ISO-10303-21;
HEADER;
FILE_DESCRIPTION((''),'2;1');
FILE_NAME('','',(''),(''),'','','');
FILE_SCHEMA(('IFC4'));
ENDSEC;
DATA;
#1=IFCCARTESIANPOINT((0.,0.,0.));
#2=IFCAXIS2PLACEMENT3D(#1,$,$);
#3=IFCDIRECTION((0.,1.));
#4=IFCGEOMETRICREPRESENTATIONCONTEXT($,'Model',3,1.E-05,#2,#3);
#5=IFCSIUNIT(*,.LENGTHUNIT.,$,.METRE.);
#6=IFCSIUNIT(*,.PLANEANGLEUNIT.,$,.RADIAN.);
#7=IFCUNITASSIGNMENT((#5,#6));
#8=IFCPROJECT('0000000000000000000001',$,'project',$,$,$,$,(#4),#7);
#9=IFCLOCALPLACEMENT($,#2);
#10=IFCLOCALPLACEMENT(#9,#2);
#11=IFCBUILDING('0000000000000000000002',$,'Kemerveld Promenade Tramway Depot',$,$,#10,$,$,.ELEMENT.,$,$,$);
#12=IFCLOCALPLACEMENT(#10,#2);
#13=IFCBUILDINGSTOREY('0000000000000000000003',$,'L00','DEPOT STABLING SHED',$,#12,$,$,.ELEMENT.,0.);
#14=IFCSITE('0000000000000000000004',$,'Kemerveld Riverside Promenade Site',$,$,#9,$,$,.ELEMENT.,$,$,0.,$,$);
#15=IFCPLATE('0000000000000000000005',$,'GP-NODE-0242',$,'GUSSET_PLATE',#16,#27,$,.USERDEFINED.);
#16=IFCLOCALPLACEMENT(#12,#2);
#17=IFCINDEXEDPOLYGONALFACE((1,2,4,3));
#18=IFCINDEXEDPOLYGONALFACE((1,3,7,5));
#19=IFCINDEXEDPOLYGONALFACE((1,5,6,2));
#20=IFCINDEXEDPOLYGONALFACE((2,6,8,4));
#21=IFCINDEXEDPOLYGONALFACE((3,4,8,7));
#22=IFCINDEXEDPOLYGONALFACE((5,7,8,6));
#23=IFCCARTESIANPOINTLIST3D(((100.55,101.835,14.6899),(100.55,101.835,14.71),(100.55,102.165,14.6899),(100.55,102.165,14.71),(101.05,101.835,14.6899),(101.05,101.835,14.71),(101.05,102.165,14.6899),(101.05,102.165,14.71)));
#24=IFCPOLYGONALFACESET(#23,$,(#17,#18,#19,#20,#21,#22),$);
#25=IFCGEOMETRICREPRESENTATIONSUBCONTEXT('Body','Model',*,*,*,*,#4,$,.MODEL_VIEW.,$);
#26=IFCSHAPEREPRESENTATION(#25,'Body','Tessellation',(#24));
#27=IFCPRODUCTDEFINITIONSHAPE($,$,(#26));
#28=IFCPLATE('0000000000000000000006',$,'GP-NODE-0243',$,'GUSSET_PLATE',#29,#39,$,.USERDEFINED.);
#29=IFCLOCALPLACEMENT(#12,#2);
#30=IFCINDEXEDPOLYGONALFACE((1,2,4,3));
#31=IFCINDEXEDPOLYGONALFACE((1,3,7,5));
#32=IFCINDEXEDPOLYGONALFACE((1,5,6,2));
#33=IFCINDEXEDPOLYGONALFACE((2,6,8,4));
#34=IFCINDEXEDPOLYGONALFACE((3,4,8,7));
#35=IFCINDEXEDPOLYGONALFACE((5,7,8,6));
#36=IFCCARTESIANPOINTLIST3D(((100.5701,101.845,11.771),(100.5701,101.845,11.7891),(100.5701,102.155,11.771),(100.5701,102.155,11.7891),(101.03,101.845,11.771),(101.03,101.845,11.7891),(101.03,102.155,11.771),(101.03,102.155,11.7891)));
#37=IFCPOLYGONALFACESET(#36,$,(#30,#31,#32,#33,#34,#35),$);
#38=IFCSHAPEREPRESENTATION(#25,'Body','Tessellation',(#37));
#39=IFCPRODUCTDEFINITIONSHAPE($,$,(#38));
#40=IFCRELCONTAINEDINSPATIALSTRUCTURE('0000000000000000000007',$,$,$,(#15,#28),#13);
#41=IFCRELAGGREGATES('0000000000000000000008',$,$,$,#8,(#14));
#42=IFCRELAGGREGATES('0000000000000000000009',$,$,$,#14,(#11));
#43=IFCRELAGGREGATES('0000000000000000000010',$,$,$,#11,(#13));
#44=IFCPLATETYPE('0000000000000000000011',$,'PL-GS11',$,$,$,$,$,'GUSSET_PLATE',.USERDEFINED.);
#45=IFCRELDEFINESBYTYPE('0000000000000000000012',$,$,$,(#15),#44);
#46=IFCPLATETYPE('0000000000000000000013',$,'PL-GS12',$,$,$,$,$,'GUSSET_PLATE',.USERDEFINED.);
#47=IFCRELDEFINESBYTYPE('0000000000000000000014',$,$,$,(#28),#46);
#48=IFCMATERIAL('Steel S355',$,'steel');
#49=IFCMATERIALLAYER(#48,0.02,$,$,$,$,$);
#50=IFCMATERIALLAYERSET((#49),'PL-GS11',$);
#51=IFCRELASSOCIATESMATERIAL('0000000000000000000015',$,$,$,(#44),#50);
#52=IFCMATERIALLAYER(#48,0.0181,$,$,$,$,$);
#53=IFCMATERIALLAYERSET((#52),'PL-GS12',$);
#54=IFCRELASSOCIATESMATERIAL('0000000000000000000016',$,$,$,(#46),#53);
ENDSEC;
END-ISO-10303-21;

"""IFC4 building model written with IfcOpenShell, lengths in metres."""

from ifc_helpers import new_model, si_unit, direction, frame, origin, origin_2d, place, context, subcontext, project, spatial, rectangle, extrude, material, layer, layer_set, type_object, element, save


model = new_model("IFC4")

# Units and contexts
model_context = context("Model", 3, precision=1e-05, world=origin(), true_north=direction((0.0, 1.0)))
body_context = subcontext(model_context, "Body", "Model", "MODEL_VIEW")
ifc_project = project(units=[si_unit("LENGTHUNIT", "METRE"), si_unit("PLANEANGLEUNIT", "RADIAN")], contexts=[model_context])

# Site, building, storey
site_placement = place(None, origin())
site = spatial("IfcSite", under=ifc_project, at=site_placement, Name="Kemerveld Riverside Promenade Site", CompositionType="ELEMENT", RefElevation=0.0)
building_placement = place(site_placement, origin())
building = spatial("IfcBuilding", under=site, at=building_placement, Name="Kemerveld Promenade Tramway Depot", CompositionType="ELEMENT")
storey_placement = place(building_placement, origin())
storey = spatial("IfcBuildingStorey", under=building, at=storey_placement, Name="L00", Description="DEPOT STABLING SHED", CompositionType="ELEMENT", Elevation=0.0)

# Shared definitions
ifc_material_1 = material(Name="Steel S355", Category="steel")

# Plates
ifc_layer_1 = layer(ifc_material_1, 0.02)
ifc_layer_set_1 = layer_set([ifc_layer_1], Name="PL-GS11")
plate_type_1 = type_object("IfcPlateType", Name="PL-GS11", ElementType="GUSSET_PLATE", PredefinedType="USERDEFINED", material=ifc_layer_set_1)
plate_1_placement = place(storey_placement, frame((100.8, 102.0, 14.6899), z_axis=(0.0, 0.0, 1.0), x_axis=(1.0, 0.0, 0.0)))
element("IfcPlate", 1, at=plate_1_placement, inside=storey, type_object=plate_type_1, Name="GP-NODE-0242", ObjectType="GUSSET_PLATE", PredefinedType="USERDEFINED", context=body_context, shape_type="SweptSolid", body=[
    extrude(rectangle(XDim=0.5, YDim=0.3301, at=origin_2d()), origin(), (0.0, 0.0, 1.0), 0.02),
])
ifc_layer_2 = layer(ifc_material_1, 0.0181)
ifc_layer_set_2 = layer_set([ifc_layer_2], Name="PL-GS12")
plate_type_2 = type_object("IfcPlateType", Name="PL-GS12", ElementType="GUSSET_PLATE", PredefinedType="USERDEFINED", material=ifc_layer_set_2)
plate_2_placement = place(storey_placement, frame((100.8, 102.0, 11.771), z_axis=(0.0, 0.0, 1.0), x_axis=(1.0, 0.0, 0.0)))
element("IfcPlate", 2, at=plate_2_placement, inside=storey, type_object=plate_type_2, Name="GP-NODE-0243", ObjectType="GUSSET_PLATE", PredefinedType="USERDEFINED", context=body_context, shape_type="SweptSolid", body=[
    extrude(rectangle(XDim=0.46, YDim=0.3101, at=origin_2d()), origin(), (0.0, 0.0, 1.0), 0.0181),
])

save(model, "model.ifc")
